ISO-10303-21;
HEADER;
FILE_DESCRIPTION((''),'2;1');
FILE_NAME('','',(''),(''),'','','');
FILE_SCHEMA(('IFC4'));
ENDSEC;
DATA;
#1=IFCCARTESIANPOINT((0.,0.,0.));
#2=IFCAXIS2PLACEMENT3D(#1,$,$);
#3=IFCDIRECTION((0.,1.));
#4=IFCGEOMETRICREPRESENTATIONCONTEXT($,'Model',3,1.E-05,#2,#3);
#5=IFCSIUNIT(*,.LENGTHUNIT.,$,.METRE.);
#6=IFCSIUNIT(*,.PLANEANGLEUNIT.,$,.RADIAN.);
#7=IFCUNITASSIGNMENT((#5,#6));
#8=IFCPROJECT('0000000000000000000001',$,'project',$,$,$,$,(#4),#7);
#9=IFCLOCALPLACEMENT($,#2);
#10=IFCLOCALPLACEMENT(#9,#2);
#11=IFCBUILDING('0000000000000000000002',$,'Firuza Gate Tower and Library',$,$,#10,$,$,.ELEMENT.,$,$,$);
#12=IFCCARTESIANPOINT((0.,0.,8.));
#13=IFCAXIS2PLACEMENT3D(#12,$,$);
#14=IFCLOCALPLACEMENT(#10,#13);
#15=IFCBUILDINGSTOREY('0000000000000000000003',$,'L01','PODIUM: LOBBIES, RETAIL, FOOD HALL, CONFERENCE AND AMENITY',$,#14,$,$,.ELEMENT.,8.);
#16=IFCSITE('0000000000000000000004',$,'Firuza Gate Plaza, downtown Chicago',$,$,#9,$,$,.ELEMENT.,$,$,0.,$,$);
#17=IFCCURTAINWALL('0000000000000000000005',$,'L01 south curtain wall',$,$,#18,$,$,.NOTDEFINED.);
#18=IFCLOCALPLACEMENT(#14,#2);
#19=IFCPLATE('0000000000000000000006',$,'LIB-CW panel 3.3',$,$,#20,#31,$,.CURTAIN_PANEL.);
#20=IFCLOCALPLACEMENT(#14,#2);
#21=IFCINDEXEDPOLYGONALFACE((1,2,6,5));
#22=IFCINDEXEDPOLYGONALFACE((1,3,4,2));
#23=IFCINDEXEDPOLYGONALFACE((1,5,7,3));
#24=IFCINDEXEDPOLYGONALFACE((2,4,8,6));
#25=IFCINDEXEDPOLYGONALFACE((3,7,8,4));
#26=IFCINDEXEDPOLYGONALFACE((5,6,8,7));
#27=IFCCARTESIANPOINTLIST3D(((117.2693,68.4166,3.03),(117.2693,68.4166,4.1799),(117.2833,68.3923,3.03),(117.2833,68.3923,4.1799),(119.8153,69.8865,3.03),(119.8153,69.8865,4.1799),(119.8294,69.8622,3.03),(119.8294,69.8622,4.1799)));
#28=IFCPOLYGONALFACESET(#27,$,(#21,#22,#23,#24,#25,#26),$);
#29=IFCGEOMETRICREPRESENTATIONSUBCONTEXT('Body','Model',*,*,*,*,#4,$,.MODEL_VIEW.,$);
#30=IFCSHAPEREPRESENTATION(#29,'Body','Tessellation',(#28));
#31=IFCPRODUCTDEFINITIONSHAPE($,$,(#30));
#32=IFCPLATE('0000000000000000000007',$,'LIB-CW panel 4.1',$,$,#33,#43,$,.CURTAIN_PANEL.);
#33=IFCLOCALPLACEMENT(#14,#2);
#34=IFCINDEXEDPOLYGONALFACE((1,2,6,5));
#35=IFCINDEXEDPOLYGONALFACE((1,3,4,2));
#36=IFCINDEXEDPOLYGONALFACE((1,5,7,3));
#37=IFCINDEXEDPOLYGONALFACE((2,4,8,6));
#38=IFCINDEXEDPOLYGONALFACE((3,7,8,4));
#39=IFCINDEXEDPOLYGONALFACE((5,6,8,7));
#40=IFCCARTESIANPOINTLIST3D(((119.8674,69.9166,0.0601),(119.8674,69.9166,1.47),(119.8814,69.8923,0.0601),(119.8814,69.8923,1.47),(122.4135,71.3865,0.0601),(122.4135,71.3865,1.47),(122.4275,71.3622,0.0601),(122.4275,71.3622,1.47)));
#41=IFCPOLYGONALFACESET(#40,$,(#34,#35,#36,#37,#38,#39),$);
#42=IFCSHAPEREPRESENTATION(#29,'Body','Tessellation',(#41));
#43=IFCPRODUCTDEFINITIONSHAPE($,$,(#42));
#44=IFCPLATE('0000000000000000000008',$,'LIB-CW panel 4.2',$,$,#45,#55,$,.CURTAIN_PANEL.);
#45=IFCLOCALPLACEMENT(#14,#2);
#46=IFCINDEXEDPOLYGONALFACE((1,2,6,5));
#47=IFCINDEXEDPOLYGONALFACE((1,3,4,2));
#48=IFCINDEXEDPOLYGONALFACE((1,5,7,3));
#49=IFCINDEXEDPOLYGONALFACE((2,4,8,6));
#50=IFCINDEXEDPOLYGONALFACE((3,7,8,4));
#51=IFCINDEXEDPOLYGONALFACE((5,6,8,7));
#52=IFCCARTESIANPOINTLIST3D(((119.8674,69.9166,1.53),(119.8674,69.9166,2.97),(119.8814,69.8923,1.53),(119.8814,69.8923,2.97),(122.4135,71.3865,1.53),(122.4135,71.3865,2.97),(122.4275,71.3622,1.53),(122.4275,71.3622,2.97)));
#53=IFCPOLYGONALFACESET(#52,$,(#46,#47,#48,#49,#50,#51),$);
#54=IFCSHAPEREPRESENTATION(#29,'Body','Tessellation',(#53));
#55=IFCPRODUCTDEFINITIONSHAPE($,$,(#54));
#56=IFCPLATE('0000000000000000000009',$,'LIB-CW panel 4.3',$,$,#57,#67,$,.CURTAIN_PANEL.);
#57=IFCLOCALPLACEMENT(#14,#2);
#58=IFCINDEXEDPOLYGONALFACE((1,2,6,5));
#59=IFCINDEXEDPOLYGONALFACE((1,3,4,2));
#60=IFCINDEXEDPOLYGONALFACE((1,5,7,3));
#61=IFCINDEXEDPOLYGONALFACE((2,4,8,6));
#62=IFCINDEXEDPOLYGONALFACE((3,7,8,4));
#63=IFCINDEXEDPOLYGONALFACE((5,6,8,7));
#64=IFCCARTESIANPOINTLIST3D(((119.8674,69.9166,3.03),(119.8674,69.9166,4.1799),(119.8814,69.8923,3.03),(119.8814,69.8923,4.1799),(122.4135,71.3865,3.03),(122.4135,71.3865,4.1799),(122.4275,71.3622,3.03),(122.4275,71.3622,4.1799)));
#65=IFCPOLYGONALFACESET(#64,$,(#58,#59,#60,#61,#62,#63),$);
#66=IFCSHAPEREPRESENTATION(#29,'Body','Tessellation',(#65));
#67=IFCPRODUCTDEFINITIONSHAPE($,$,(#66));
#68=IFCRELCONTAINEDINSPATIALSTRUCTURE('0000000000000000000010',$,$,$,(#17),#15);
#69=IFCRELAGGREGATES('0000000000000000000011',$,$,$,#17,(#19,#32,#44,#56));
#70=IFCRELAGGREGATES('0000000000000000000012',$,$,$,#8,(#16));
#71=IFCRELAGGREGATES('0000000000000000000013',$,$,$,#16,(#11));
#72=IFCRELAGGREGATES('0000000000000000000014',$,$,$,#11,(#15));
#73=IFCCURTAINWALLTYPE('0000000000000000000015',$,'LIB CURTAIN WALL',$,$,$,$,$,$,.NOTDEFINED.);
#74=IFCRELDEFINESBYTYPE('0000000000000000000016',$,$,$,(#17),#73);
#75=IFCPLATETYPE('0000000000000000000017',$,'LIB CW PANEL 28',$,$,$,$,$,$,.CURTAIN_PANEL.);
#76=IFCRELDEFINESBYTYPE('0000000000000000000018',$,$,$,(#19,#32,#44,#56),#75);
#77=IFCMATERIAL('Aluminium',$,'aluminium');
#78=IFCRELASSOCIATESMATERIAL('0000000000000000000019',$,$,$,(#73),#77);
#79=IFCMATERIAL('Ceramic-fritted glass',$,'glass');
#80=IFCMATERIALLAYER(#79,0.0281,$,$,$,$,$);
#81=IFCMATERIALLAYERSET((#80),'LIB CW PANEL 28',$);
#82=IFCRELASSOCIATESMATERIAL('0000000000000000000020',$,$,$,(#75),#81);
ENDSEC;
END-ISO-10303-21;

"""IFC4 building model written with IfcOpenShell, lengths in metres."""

from ifc_helpers import new_model, si_unit, direction, frame, origin, origin_2d, place, context, subcontext, project, spatial, rectangle, extrude, material, layer, layer_set, type_object, element, aggregate, save


model = new_model("IFC4")

# Units and contexts
model_context = context("Model", 3, precision=1e-05, world=origin(), true_north=direction((0.0, 1.0)))
body_context = subcontext(model_context, "Body", "Model", "MODEL_VIEW")
ifc_project = project(units=[si_unit("LENGTHUNIT", "METRE"), si_unit("PLANEANGLEUNIT", "RADIAN")], contexts=[model_context])

# Site, building, storey
site_placement = place(None, origin())
site = spatial("IfcSite", under=ifc_project, at=site_placement, Name="Firuza Gate Plaza, downtown Chicago", CompositionType="ELEMENT", RefElevation=0.0)
building_placement = place(site_placement, origin())
building = spatial("IfcBuilding", under=site, at=building_placement, Name="Firuza Gate Tower and Library", CompositionType="ELEMENT")
storey_placement = place(building_placement, frame((0.0, 0.0, 8.0)))
storey = spatial("IfcBuildingStorey", under=building, at=storey_placement, Name="L01", Description="PODIUM: LOBBIES, RETAIL, FOOD HALL, CONFERENCE AND AMENITY", CompositionType="ELEMENT", Elevation=8.0)

# Curtain wall, plates
ifc_material_1 = material(Name="Aluminium", Category="aluminium")
curtain_wall_type = type_object("IfcCurtainWallType", Name="LIB CURTAIN WALL", PredefinedType="NOTDEFINED", material=ifc_material_1)
curtain_wall_placement = place(storey_placement, origin())
curtain_wall = element("IfcCurtainWall", 1, at=curtain_wall_placement, inside=storey, type_object=curtain_wall_type, Name="L01 south curtain wall", PredefinedType="NOTDEFINED")
ifc_material_2 = material(Name="Ceramic-fritted glass", Category="glass")
ifc_layer = layer(ifc_material_2, 0.0281)
ifc_layer_set = layer_set([ifc_layer], Name="LIB CW PANEL 28")
plate_type = type_object("IfcPlateType", Name="LIB CW PANEL 28", PredefinedType="CURTAIN_PANEL", material=ifc_layer_set)
plate_1_placement = place(storey_placement, frame((118.5493, 69.1394, 3.03), z_axis=(0.0, 0.0, 1.0), x_axis=(0.866025, 0.500001, 0.0)))
plate_1 = element("IfcPlate", 2, at=plate_1_placement, type_object=plate_type, Name="LIB-CW panel 3.3", PredefinedType="CURTAIN_PANEL", context=body_context, shape_type="SweptSolid", body=[
    extrude(rectangle(XDim=2.9399, YDim=0.0281, at=origin_2d()), origin(), (0.0, 0.0, 1.0), 1.1499),
])
plate_2_placement = place(storey_placement, frame((121.1475, 70.6394, 0.0601), z_axis=(0.0, 0.0, 1.0), x_axis=(0.866025, 0.500001, 0.0)))
plate_2 = element("IfcPlate", 3, at=plate_2_placement, type_object=plate_type, Name="LIB-CW panel 4.1", PredefinedType="CURTAIN_PANEL", context=body_context, shape_type="SweptSolid", body=[
    extrude(rectangle(XDim=2.9399, YDim=0.0281, at=origin_2d()), origin(), (0.0, 0.0, 1.0), 1.4099),
])
plate_3_placement = place(storey_placement, frame((121.1475, 70.6394, 1.53), z_axis=(0.0, 0.0, 1.0), x_axis=(0.866025, 0.500001, 0.0)))
plate_3 = element("IfcPlate", 4, at=plate_3_placement, type_object=plate_type, Name="LIB-CW panel 4.2", PredefinedType="CURTAIN_PANEL", context=body_context, shape_type="SweptSolid", body=[
    extrude(rectangle(XDim=2.9399, YDim=0.0281, at=origin_2d()), origin(), (0.0, 0.0, 1.0), 1.4399),
])
plate_4_placement = place(storey_placement, frame((121.1475, 70.6394, 3.03), z_axis=(0.0, 0.0, 1.0), x_axis=(0.866025, 0.500001, 0.0)))
plate_4 = element("IfcPlate", 5, at=plate_4_placement, type_object=plate_type, Name="LIB-CW panel 4.3", PredefinedType="CURTAIN_PANEL", context=body_context, shape_type="SweptSolid", body=[
    extrude(rectangle(XDim=2.9399, YDim=0.0281, at=origin_2d()), origin(), (0.0, 0.0, 1.0), 1.1499),
])
aggregate(curtain_wall, [plate_1, plate_2, plate_3, plate_4])

save(model, "model.ifc")
